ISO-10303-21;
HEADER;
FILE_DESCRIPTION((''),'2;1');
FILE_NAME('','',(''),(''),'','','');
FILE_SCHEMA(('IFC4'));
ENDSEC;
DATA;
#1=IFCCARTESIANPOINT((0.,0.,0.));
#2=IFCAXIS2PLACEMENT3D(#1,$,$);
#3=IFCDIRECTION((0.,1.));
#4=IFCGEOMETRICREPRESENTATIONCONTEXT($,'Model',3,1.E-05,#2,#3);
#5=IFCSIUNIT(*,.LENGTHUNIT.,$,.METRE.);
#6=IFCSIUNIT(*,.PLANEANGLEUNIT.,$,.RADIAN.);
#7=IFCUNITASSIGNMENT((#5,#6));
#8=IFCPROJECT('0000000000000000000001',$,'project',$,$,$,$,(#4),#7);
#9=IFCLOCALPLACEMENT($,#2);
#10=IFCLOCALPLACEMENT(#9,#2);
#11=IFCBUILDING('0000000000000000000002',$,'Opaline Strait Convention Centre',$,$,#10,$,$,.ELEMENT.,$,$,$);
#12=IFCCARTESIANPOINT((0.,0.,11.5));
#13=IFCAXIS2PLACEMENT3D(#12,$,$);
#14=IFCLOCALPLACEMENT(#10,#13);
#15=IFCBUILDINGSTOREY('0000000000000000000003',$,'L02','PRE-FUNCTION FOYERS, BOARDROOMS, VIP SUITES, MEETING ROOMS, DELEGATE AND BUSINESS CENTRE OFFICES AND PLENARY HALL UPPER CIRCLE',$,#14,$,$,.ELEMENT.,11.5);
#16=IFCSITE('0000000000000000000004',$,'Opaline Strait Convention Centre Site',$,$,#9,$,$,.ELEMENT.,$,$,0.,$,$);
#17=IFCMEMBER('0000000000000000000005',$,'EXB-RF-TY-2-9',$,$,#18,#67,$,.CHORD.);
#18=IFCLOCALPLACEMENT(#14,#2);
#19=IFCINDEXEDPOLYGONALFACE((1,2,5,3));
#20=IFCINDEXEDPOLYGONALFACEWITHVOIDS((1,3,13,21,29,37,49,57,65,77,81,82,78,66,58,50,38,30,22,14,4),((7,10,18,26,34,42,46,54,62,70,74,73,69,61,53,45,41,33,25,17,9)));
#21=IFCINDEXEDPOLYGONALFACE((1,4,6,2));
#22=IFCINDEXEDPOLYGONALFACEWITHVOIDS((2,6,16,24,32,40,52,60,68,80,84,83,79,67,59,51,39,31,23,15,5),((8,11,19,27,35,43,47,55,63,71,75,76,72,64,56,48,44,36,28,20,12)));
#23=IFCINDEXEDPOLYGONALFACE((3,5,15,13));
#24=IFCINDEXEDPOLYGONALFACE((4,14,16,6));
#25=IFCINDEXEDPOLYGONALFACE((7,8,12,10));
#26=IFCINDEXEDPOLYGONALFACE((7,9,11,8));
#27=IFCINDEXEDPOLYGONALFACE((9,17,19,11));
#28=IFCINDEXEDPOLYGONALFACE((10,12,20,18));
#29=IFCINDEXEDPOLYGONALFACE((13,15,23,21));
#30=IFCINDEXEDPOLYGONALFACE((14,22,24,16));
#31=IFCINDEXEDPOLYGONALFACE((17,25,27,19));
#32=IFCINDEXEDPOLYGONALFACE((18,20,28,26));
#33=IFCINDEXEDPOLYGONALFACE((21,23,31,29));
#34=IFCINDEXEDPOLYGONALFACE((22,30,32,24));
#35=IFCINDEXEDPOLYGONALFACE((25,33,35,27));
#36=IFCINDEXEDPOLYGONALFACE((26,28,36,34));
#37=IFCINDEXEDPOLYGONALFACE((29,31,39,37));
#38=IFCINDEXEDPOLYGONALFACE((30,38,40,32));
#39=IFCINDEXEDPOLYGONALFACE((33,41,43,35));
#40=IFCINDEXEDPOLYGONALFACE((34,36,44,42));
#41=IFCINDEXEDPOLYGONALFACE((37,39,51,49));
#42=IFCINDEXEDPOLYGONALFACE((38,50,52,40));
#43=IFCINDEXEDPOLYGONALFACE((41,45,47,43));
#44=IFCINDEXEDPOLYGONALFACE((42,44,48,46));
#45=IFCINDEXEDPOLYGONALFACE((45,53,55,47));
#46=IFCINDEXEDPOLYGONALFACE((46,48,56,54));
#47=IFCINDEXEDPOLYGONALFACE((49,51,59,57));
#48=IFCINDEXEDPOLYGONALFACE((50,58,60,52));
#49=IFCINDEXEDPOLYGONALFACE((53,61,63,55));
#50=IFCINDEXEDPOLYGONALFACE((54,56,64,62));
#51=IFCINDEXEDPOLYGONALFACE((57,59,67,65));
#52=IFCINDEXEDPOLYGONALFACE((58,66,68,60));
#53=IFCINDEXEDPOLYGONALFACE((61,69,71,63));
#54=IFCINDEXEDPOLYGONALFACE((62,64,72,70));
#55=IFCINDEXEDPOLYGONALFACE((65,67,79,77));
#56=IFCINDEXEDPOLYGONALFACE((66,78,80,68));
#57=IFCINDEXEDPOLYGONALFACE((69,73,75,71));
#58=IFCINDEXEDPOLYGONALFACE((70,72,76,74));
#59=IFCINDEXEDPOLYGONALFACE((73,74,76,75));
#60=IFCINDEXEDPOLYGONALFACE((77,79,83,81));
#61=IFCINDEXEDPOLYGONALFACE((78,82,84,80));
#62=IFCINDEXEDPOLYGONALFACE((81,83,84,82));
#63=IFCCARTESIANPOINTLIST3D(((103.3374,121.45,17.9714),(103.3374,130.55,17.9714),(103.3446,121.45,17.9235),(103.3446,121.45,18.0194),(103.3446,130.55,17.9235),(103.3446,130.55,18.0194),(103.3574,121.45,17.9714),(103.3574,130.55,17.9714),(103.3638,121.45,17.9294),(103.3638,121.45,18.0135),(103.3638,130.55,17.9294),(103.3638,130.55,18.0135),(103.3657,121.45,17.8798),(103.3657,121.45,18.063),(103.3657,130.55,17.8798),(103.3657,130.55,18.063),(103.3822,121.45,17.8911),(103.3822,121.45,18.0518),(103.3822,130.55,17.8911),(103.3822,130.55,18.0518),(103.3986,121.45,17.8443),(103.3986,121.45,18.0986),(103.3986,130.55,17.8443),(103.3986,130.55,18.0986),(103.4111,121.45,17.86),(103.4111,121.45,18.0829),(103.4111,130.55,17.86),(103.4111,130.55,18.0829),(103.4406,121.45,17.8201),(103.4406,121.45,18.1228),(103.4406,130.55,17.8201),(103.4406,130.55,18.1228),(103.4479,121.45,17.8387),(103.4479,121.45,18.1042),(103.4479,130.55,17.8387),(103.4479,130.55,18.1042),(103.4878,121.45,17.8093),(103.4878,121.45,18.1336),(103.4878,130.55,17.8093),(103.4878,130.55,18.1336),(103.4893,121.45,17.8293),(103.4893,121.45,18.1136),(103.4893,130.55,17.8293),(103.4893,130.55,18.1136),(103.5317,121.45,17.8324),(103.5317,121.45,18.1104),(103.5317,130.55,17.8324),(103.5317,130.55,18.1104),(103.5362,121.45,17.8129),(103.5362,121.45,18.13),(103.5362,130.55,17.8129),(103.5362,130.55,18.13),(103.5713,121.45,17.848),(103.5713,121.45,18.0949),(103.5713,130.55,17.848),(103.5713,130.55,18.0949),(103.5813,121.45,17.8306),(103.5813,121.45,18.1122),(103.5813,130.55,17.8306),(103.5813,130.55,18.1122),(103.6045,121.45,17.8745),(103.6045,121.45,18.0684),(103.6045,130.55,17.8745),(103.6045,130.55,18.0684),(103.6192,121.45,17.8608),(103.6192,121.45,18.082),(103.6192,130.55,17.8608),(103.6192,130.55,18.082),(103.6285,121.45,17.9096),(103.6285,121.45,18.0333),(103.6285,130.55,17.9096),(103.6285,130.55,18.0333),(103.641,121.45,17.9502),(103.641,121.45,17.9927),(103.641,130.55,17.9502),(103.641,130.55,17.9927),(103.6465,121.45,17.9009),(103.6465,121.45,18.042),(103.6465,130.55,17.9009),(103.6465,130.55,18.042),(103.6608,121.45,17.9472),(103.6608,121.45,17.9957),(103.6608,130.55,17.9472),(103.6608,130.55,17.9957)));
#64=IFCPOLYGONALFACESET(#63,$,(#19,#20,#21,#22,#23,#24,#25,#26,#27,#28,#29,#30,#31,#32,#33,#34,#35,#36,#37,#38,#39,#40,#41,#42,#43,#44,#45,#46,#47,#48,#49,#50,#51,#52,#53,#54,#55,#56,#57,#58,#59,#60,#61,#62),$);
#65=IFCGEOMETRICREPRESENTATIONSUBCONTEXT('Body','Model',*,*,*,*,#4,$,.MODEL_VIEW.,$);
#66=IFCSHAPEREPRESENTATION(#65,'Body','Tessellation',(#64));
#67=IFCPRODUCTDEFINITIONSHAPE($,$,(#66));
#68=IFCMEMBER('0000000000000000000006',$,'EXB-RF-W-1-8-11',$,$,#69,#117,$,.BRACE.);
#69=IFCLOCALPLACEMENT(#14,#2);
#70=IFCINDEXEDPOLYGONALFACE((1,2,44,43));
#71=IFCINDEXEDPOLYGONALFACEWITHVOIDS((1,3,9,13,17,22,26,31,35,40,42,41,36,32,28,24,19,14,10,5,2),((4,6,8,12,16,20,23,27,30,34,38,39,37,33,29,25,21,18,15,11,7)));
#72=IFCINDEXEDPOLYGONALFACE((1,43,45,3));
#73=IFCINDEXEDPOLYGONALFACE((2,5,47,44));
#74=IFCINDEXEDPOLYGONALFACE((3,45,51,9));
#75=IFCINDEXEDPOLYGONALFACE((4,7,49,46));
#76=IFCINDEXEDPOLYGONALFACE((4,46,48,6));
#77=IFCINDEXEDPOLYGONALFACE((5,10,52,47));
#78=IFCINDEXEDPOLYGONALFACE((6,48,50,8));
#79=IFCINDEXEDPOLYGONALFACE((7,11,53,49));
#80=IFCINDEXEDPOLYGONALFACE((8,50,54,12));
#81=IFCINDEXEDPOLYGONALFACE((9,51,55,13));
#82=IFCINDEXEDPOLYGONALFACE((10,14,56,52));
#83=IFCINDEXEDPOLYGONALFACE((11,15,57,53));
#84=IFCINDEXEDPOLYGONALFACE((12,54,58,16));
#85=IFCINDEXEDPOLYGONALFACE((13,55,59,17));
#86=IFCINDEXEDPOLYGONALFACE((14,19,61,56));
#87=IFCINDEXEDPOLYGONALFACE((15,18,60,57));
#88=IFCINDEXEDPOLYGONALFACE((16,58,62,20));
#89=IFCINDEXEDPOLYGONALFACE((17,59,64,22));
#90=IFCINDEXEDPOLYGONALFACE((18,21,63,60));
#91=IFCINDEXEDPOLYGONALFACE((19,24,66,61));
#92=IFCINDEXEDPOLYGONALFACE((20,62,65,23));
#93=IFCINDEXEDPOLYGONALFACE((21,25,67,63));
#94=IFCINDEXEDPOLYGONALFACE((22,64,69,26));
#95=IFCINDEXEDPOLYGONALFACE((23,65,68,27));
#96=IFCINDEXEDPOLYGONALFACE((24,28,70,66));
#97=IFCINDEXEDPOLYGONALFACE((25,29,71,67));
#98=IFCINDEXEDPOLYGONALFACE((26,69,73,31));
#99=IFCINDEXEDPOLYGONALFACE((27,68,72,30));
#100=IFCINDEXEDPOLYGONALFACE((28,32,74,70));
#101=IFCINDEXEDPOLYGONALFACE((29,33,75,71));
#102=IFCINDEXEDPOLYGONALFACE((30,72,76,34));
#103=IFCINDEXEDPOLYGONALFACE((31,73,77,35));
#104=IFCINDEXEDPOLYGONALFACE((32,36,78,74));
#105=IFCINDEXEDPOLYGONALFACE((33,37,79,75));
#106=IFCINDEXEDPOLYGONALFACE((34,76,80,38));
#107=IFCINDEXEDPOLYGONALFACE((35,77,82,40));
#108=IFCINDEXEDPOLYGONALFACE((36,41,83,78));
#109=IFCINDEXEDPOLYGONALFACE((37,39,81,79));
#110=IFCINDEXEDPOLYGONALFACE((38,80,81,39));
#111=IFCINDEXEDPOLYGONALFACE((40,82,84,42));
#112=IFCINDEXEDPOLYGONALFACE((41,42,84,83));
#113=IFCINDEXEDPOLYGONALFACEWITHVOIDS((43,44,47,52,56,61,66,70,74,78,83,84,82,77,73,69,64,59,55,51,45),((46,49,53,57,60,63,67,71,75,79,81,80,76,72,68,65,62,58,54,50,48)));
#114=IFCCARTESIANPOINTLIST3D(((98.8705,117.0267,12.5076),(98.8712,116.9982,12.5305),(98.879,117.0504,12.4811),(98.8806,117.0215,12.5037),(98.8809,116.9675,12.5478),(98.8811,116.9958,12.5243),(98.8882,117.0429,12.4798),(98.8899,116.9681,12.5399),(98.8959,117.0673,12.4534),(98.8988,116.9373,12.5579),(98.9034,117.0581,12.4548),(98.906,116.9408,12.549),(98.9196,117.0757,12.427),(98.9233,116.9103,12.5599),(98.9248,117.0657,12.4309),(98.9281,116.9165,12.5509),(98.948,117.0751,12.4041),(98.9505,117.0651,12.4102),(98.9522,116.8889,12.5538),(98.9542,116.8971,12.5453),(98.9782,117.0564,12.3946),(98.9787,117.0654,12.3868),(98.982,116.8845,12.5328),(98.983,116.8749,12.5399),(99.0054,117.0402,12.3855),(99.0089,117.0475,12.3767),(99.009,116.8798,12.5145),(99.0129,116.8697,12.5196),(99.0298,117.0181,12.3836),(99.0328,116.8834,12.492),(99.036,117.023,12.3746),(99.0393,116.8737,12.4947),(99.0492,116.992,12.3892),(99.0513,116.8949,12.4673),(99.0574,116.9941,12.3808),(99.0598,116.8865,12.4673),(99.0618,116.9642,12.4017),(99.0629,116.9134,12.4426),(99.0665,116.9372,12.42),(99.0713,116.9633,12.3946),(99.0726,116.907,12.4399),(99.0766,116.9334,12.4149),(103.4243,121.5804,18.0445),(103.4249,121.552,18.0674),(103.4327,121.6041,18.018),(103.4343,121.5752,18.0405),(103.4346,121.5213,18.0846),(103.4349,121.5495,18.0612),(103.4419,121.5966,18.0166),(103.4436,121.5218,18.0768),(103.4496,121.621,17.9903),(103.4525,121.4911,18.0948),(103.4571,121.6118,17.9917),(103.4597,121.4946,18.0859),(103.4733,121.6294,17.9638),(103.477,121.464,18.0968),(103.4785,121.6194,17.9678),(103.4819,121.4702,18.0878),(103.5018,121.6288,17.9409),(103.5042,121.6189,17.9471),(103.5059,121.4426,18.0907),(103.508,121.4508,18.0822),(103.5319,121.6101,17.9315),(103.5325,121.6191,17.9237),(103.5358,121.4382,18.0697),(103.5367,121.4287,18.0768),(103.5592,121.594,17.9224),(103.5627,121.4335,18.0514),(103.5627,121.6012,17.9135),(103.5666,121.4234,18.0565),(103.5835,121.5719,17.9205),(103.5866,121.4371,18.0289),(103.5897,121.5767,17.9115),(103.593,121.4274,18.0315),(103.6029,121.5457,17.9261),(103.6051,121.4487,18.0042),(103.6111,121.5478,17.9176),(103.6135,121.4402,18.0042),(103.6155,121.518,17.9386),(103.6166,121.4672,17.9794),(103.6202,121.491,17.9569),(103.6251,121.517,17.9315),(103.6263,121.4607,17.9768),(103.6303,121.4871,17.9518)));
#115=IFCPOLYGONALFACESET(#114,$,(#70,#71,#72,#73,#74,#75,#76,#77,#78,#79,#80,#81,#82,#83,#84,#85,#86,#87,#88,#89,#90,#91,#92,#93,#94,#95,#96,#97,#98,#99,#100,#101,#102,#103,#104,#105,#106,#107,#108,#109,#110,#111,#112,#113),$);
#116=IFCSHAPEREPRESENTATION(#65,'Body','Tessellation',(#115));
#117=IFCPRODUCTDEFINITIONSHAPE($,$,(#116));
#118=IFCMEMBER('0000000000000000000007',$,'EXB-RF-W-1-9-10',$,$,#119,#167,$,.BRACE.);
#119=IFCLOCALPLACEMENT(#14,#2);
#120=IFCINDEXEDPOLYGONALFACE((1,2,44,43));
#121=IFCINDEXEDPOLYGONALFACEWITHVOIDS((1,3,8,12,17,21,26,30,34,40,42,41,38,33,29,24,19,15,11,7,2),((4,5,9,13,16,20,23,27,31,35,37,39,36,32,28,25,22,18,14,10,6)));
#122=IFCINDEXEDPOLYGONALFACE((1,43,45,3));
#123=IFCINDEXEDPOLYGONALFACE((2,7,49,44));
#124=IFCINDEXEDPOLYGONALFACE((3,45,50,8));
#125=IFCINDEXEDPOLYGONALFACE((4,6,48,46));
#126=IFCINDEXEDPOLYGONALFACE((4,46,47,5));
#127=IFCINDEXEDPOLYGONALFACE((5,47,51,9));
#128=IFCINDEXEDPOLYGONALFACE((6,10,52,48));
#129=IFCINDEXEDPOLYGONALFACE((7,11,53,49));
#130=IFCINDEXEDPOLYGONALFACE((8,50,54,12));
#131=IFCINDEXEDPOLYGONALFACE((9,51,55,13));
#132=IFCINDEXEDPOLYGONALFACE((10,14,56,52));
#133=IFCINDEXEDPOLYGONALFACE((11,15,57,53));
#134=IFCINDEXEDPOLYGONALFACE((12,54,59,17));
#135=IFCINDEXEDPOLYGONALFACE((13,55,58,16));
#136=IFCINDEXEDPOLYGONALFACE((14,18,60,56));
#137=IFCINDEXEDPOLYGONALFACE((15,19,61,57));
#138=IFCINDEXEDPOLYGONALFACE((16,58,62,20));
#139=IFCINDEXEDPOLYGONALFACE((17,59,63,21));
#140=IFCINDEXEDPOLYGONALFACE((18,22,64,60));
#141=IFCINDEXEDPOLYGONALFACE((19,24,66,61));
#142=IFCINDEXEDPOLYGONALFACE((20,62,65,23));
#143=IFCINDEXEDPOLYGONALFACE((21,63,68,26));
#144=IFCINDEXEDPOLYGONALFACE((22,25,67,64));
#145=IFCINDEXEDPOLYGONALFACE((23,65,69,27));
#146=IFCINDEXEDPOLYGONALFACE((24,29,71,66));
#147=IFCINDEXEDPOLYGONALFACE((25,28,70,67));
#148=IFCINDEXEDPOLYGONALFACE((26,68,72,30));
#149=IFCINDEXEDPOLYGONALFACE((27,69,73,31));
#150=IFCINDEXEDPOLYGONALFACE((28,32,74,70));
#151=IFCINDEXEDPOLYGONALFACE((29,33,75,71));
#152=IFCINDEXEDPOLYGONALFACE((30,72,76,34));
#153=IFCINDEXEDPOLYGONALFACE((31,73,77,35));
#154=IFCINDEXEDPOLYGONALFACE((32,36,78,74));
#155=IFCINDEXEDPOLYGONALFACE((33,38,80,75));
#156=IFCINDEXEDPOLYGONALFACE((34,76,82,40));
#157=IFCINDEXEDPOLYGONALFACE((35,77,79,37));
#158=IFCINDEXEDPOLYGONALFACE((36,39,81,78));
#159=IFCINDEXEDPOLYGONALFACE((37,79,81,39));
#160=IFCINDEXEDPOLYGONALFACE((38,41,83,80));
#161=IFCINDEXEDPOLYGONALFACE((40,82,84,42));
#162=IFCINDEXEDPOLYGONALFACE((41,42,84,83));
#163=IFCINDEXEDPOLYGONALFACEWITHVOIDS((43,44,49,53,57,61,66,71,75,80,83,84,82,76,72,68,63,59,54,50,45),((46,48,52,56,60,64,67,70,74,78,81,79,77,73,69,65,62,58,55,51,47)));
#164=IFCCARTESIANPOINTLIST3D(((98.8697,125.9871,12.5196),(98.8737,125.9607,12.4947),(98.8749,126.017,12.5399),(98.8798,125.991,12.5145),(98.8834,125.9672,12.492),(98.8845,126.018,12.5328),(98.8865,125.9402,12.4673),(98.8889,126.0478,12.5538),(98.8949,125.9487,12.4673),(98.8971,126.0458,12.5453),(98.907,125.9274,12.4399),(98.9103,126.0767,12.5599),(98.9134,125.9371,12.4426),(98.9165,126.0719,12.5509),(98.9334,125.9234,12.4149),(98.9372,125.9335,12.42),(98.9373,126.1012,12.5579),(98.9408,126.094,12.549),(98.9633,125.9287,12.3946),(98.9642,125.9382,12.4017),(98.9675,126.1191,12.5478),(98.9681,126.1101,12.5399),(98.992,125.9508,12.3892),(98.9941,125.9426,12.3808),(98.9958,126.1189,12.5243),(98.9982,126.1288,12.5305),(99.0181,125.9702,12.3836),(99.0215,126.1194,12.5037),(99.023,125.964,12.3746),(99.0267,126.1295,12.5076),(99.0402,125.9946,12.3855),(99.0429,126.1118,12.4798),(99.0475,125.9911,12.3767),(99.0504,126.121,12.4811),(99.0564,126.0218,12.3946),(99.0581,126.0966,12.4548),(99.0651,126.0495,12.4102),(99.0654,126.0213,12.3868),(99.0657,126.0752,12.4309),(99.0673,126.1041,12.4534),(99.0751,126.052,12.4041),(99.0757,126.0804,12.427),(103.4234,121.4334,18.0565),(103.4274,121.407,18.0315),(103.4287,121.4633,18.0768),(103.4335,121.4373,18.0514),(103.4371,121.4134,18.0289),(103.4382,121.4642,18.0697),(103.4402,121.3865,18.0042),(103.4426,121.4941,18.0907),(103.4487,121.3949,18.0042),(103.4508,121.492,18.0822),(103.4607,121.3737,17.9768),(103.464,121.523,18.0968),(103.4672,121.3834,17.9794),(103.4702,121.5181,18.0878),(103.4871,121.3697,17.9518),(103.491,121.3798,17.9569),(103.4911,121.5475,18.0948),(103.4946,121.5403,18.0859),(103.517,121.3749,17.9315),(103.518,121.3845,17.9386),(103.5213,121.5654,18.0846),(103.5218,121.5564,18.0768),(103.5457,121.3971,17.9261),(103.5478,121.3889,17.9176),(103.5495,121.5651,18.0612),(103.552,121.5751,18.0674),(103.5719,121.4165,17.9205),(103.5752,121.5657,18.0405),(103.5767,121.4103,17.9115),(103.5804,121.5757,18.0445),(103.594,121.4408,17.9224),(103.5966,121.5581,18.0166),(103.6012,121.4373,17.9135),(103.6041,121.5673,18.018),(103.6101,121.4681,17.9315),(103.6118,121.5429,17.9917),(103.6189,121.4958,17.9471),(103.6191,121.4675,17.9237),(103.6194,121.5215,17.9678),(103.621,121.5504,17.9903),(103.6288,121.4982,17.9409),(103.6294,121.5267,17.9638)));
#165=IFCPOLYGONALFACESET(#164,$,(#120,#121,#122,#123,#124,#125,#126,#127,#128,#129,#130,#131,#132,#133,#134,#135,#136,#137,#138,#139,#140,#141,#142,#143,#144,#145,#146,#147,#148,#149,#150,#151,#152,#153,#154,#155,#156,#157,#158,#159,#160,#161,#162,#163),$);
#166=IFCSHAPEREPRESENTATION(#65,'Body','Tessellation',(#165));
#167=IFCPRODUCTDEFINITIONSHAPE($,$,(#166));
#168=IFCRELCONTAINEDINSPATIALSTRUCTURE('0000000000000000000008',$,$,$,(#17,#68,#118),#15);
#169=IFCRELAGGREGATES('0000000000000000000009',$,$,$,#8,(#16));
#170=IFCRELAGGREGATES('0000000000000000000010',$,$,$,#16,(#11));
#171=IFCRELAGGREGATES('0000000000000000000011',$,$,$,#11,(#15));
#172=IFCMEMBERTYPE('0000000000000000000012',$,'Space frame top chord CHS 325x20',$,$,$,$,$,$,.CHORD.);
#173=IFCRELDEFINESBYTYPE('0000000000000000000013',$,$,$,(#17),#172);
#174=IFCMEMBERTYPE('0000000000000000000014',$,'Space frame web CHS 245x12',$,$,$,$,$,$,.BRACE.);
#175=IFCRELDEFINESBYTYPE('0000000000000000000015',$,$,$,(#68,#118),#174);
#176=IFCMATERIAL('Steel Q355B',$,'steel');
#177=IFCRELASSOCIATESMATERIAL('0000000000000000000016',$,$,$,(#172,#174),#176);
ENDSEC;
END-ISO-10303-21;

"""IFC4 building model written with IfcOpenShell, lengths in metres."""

from ifc_helpers import new_model, si_unit, direction, frame, origin, origin_2d, place, context, subcontext, project, spatial, hollow_circle, extrude, material, material_profile, profile_set, type_object, element, save


model = new_model("IFC4")

# Units and contexts
model_context = context("Model", 3, precision=1e-05, world=origin(), true_north=direction((0.0, 1.0)))
body_context = subcontext(model_context, "Body", "Model", "MODEL_VIEW")
ifc_project = project(units=[si_unit("LENGTHUNIT", "METRE"), si_unit("PLANEANGLEUNIT", "RADIAN")], contexts=[model_context])

# Site, building, storey
site_placement = place(None, origin())
site = spatial("IfcSite", under=ifc_project, at=site_placement, Name="Opaline Strait Convention Centre Site", CompositionType="ELEMENT", RefElevation=0.0)
building_placement = place(site_placement, origin())
building = spatial("IfcBuilding", under=site, at=building_placement, Name="Opaline Strait Convention Centre", CompositionType="ELEMENT")
storey_placement = place(building_placement, frame((0.0, 0.0, 11.5)))
storey = spatial("IfcBuildingStorey", under=building, at=storey_placement, Name="L02", Description="PRE-FUNCTION FOYERS, BOARDROOMS, VIP SUITES, MEETING ROOMS, DELEGATE AND BUSINESS CENTRE OFFICES AND PLENARY HALL UPPER CIRCLE", CompositionType="ELEMENT", Elevation=11.5)

# Shared definitions
ifc_material_1 = material(Name="Steel Q355B", Category="steel")

# Members
ifc_material_profile_1 = material_profile(ifc_material_1, hollow_circle(Radius=0.1626, WallThickness=0.02, at=origin_2d()), Name="CHS 325x20")
ifc_profile_set_1 = profile_set([ifc_material_profile_1], Name="Steel Q355B")
member_type_1 = type_object("IfcMemberType", Name="Space frame top chord CHS 325x20", PredefinedType="CHORD", material=ifc_profile_set_1)
for number, where, z_axis, x_axis, name in (
    (1, (103.5, 121.45, 17.9714), (0.0, 1.0, 0.0), (-1.0, 0.0, 0.0), "EXB-RF-TY-2-9"),
):
    element("IfcMember", number, at=place(storey_placement, frame(where, z_axis=z_axis, x_axis=x_axis)), inside=storey, type_object=member_type_1, Name=name, PredefinedType="CHORD", context=body_context, shape_type="SweptSolid", body=[
        extrude(hollow_circle(Radius=0.1626, WallThickness=0.02, at=origin_2d()), origin(), (0.0, 0.0, 1.0), 9.1001),
    ])
ifc_material_profile_2 = material_profile(ifc_material_1, hollow_circle(Radius=0.1226, WallThickness=0.012, at=origin_2d()), Name="CHS 245x12")
ifc_profile_set_2 = profile_set([ifc_material_profile_2], Name="Steel Q355B")
member_type_2 = type_object("IfcMemberType", Name="Space frame web CHS 245x12", PredefinedType="BRACE", material=ifc_profile_set_2)
for number, where, z_axis, x_axis, name in (
    (2, (103.5269, 121.5269, 18.0042), (-0.536178, -0.536178, -0.65194), (0.707107, -0.707107, 0.0), "EXB-RF-W-1-8-11"),
    (3, (103.5269, 121.4731, 18.0042), (-0.536178, 0.536178, -0.65194), (-0.707107, -0.707107, 0.0), "EXB-RF-W-1-9-10"),
):
    element("IfcMember", number, at=place(storey_placement, frame(where, z_axis=z_axis, x_axis=x_axis)), inside=storey, type_object=member_type_2, Name=name, PredefinedType="BRACE", context=body_context, shape_type="SweptSolid", body=[
        extrude(hollow_circle(Radius=0.1226, WallThickness=0.012, at=origin_2d()), origin(), (0.0, 0.0, 1.0), 8.4929),
    ])

save(model, "model.ifc")
